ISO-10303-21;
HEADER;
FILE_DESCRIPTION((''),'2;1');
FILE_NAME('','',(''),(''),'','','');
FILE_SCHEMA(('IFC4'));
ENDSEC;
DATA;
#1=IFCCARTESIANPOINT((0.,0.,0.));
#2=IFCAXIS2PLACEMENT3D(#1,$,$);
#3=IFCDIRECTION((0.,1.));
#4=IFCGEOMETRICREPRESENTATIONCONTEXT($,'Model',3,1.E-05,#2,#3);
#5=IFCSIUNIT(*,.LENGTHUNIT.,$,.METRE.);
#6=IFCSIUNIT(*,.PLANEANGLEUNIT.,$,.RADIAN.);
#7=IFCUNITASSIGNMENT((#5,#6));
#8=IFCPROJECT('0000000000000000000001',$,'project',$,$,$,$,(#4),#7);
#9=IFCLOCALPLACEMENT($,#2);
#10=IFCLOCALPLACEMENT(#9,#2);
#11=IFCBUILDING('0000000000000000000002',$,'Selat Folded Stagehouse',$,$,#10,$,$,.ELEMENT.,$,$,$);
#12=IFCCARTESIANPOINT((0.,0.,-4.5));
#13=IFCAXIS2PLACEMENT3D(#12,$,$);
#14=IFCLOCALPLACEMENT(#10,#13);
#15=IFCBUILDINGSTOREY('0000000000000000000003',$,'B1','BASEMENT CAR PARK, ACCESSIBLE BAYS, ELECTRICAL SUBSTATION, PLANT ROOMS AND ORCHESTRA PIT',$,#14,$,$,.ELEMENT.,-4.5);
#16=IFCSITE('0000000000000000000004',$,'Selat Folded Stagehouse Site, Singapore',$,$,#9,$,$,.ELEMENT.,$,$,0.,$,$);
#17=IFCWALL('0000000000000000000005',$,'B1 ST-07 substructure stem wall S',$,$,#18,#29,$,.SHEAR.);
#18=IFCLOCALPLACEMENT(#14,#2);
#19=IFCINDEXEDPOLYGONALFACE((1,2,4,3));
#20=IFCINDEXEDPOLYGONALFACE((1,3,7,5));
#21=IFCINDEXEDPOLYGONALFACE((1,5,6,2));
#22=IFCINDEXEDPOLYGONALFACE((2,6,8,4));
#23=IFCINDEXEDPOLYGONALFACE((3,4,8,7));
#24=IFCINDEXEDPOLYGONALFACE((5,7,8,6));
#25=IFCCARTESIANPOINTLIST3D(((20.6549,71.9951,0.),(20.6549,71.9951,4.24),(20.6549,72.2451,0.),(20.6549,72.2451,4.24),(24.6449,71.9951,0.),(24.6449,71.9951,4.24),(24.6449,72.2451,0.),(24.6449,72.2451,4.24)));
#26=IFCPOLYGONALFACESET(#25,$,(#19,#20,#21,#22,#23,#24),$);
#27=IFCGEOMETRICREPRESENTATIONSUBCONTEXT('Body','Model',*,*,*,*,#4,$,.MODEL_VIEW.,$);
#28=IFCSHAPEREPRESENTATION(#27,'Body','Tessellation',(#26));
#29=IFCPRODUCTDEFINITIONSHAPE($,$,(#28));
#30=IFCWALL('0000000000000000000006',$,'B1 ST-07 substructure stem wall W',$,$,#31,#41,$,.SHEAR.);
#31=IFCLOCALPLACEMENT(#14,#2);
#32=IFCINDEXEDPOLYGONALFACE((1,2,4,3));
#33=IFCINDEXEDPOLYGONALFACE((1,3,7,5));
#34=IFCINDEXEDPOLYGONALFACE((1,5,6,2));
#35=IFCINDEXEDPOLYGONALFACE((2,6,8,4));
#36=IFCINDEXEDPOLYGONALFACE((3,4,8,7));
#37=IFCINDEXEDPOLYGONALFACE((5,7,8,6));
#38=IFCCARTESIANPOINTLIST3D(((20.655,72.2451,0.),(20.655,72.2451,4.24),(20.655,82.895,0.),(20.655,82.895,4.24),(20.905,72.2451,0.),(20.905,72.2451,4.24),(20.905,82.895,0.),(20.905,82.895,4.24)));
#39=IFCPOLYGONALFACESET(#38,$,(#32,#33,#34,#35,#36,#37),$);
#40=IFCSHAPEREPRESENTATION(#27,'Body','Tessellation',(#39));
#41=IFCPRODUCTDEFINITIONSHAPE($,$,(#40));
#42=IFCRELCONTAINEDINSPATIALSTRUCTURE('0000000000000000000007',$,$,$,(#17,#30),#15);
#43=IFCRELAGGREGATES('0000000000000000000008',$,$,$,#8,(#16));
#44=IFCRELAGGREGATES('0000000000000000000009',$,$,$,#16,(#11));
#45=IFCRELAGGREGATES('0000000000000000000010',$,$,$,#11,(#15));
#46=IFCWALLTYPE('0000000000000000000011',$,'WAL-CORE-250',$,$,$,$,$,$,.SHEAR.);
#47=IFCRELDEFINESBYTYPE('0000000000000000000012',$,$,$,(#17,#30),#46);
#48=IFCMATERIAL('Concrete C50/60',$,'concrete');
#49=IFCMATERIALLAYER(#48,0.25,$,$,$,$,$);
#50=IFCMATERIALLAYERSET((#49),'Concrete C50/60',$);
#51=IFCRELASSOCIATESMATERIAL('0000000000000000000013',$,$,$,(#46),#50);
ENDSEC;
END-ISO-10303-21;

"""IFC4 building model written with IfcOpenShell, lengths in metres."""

from ifc_helpers import new_model, si_unit, direction, frame, frame_2d, origin, place, context, subcontext, project, spatial, rectangle, extrude, material, layer, layer_set, type_object, element, save


model = new_model("IFC4")

# Units and contexts
model_context = context("Model", 3, precision=1e-05, world=origin(), true_north=direction((0.0, 1.0)))
body_context = subcontext(model_context, "Body", "Model", "MODEL_VIEW")
ifc_project = project(units=[si_unit("LENGTHUNIT", "METRE"), si_unit("PLANEANGLEUNIT", "RADIAN")], contexts=[model_context])

# Site, building, storey
site_placement = place(None, origin())
site = spatial("IfcSite", under=ifc_project, at=site_placement, Name="Selat Folded Stagehouse Site, Singapore", CompositionType="ELEMENT", RefElevation=0.0)
building_placement = place(site_placement, origin())
building = spatial("IfcBuilding", under=site, at=building_placement, Name="Selat Folded Stagehouse", CompositionType="ELEMENT")
storey_placement = place(building_placement, frame((0.0, 0.0, -4.5)))
storey = spatial("IfcBuildingStorey", under=building, at=storey_placement, Name="B1", Description="BASEMENT CAR PARK, ACCESSIBLE BAYS, ELECTRICAL SUBSTATION, PLANT ROOMS AND ORCHESTRA PIT", CompositionType="ELEMENT", Elevation=-4.5)

# Walls
ifc_material_1 = material(Name="Concrete C50/60", Category="concrete")
ifc_layer_1 = layer(ifc_material_1, 0.25)
ifc_layer_set_1 = layer_set([ifc_layer_1], Name="Concrete C50/60")
wall_type = type_object("IfcWallType", Name="WAL-CORE-250", PredefinedType="SHEAR", material=ifc_layer_set_1)
wall_1_placement = place(storey_placement, frame((24.645, 72.1201, 0.0), z_axis=(0.0, 0.0, 1.0), x_axis=(-1.0, 0.0, 0.0)))
element("IfcWall", 1, at=wall_1_placement, inside=storey, type_object=wall_type, Name="B1 ST-07 substructure stem wall S", PredefinedType="SHEAR", context=body_context, shape_type="SweptSolid", body=[
    extrude(rectangle(XDim=3.99, YDim=0.25, at=frame_2d((1.9951, 0.0))), origin(), (0.0, 0.0, 1.0), 4.24),
])
wall_2_placement = place(storey_placement, frame((20.78, 72.2451, 0.0), z_axis=(0.0, 0.0, 1.0), x_axis=(0.0, 1.0, 0.0)))
element("IfcWall", 2, at=wall_2_placement, inside=storey, type_object=wall_type, Name="B1 ST-07 substructure stem wall W", PredefinedType="SHEAR", context=body_context, shape_type="SweptSolid", body=[
    extrude(rectangle(XDim=10.6499, YDim=0.25, at=frame_2d((5.325, 0.0))), origin(), (0.0, 0.0, 1.0), 4.24),
])

save(model, "model.ifc")
